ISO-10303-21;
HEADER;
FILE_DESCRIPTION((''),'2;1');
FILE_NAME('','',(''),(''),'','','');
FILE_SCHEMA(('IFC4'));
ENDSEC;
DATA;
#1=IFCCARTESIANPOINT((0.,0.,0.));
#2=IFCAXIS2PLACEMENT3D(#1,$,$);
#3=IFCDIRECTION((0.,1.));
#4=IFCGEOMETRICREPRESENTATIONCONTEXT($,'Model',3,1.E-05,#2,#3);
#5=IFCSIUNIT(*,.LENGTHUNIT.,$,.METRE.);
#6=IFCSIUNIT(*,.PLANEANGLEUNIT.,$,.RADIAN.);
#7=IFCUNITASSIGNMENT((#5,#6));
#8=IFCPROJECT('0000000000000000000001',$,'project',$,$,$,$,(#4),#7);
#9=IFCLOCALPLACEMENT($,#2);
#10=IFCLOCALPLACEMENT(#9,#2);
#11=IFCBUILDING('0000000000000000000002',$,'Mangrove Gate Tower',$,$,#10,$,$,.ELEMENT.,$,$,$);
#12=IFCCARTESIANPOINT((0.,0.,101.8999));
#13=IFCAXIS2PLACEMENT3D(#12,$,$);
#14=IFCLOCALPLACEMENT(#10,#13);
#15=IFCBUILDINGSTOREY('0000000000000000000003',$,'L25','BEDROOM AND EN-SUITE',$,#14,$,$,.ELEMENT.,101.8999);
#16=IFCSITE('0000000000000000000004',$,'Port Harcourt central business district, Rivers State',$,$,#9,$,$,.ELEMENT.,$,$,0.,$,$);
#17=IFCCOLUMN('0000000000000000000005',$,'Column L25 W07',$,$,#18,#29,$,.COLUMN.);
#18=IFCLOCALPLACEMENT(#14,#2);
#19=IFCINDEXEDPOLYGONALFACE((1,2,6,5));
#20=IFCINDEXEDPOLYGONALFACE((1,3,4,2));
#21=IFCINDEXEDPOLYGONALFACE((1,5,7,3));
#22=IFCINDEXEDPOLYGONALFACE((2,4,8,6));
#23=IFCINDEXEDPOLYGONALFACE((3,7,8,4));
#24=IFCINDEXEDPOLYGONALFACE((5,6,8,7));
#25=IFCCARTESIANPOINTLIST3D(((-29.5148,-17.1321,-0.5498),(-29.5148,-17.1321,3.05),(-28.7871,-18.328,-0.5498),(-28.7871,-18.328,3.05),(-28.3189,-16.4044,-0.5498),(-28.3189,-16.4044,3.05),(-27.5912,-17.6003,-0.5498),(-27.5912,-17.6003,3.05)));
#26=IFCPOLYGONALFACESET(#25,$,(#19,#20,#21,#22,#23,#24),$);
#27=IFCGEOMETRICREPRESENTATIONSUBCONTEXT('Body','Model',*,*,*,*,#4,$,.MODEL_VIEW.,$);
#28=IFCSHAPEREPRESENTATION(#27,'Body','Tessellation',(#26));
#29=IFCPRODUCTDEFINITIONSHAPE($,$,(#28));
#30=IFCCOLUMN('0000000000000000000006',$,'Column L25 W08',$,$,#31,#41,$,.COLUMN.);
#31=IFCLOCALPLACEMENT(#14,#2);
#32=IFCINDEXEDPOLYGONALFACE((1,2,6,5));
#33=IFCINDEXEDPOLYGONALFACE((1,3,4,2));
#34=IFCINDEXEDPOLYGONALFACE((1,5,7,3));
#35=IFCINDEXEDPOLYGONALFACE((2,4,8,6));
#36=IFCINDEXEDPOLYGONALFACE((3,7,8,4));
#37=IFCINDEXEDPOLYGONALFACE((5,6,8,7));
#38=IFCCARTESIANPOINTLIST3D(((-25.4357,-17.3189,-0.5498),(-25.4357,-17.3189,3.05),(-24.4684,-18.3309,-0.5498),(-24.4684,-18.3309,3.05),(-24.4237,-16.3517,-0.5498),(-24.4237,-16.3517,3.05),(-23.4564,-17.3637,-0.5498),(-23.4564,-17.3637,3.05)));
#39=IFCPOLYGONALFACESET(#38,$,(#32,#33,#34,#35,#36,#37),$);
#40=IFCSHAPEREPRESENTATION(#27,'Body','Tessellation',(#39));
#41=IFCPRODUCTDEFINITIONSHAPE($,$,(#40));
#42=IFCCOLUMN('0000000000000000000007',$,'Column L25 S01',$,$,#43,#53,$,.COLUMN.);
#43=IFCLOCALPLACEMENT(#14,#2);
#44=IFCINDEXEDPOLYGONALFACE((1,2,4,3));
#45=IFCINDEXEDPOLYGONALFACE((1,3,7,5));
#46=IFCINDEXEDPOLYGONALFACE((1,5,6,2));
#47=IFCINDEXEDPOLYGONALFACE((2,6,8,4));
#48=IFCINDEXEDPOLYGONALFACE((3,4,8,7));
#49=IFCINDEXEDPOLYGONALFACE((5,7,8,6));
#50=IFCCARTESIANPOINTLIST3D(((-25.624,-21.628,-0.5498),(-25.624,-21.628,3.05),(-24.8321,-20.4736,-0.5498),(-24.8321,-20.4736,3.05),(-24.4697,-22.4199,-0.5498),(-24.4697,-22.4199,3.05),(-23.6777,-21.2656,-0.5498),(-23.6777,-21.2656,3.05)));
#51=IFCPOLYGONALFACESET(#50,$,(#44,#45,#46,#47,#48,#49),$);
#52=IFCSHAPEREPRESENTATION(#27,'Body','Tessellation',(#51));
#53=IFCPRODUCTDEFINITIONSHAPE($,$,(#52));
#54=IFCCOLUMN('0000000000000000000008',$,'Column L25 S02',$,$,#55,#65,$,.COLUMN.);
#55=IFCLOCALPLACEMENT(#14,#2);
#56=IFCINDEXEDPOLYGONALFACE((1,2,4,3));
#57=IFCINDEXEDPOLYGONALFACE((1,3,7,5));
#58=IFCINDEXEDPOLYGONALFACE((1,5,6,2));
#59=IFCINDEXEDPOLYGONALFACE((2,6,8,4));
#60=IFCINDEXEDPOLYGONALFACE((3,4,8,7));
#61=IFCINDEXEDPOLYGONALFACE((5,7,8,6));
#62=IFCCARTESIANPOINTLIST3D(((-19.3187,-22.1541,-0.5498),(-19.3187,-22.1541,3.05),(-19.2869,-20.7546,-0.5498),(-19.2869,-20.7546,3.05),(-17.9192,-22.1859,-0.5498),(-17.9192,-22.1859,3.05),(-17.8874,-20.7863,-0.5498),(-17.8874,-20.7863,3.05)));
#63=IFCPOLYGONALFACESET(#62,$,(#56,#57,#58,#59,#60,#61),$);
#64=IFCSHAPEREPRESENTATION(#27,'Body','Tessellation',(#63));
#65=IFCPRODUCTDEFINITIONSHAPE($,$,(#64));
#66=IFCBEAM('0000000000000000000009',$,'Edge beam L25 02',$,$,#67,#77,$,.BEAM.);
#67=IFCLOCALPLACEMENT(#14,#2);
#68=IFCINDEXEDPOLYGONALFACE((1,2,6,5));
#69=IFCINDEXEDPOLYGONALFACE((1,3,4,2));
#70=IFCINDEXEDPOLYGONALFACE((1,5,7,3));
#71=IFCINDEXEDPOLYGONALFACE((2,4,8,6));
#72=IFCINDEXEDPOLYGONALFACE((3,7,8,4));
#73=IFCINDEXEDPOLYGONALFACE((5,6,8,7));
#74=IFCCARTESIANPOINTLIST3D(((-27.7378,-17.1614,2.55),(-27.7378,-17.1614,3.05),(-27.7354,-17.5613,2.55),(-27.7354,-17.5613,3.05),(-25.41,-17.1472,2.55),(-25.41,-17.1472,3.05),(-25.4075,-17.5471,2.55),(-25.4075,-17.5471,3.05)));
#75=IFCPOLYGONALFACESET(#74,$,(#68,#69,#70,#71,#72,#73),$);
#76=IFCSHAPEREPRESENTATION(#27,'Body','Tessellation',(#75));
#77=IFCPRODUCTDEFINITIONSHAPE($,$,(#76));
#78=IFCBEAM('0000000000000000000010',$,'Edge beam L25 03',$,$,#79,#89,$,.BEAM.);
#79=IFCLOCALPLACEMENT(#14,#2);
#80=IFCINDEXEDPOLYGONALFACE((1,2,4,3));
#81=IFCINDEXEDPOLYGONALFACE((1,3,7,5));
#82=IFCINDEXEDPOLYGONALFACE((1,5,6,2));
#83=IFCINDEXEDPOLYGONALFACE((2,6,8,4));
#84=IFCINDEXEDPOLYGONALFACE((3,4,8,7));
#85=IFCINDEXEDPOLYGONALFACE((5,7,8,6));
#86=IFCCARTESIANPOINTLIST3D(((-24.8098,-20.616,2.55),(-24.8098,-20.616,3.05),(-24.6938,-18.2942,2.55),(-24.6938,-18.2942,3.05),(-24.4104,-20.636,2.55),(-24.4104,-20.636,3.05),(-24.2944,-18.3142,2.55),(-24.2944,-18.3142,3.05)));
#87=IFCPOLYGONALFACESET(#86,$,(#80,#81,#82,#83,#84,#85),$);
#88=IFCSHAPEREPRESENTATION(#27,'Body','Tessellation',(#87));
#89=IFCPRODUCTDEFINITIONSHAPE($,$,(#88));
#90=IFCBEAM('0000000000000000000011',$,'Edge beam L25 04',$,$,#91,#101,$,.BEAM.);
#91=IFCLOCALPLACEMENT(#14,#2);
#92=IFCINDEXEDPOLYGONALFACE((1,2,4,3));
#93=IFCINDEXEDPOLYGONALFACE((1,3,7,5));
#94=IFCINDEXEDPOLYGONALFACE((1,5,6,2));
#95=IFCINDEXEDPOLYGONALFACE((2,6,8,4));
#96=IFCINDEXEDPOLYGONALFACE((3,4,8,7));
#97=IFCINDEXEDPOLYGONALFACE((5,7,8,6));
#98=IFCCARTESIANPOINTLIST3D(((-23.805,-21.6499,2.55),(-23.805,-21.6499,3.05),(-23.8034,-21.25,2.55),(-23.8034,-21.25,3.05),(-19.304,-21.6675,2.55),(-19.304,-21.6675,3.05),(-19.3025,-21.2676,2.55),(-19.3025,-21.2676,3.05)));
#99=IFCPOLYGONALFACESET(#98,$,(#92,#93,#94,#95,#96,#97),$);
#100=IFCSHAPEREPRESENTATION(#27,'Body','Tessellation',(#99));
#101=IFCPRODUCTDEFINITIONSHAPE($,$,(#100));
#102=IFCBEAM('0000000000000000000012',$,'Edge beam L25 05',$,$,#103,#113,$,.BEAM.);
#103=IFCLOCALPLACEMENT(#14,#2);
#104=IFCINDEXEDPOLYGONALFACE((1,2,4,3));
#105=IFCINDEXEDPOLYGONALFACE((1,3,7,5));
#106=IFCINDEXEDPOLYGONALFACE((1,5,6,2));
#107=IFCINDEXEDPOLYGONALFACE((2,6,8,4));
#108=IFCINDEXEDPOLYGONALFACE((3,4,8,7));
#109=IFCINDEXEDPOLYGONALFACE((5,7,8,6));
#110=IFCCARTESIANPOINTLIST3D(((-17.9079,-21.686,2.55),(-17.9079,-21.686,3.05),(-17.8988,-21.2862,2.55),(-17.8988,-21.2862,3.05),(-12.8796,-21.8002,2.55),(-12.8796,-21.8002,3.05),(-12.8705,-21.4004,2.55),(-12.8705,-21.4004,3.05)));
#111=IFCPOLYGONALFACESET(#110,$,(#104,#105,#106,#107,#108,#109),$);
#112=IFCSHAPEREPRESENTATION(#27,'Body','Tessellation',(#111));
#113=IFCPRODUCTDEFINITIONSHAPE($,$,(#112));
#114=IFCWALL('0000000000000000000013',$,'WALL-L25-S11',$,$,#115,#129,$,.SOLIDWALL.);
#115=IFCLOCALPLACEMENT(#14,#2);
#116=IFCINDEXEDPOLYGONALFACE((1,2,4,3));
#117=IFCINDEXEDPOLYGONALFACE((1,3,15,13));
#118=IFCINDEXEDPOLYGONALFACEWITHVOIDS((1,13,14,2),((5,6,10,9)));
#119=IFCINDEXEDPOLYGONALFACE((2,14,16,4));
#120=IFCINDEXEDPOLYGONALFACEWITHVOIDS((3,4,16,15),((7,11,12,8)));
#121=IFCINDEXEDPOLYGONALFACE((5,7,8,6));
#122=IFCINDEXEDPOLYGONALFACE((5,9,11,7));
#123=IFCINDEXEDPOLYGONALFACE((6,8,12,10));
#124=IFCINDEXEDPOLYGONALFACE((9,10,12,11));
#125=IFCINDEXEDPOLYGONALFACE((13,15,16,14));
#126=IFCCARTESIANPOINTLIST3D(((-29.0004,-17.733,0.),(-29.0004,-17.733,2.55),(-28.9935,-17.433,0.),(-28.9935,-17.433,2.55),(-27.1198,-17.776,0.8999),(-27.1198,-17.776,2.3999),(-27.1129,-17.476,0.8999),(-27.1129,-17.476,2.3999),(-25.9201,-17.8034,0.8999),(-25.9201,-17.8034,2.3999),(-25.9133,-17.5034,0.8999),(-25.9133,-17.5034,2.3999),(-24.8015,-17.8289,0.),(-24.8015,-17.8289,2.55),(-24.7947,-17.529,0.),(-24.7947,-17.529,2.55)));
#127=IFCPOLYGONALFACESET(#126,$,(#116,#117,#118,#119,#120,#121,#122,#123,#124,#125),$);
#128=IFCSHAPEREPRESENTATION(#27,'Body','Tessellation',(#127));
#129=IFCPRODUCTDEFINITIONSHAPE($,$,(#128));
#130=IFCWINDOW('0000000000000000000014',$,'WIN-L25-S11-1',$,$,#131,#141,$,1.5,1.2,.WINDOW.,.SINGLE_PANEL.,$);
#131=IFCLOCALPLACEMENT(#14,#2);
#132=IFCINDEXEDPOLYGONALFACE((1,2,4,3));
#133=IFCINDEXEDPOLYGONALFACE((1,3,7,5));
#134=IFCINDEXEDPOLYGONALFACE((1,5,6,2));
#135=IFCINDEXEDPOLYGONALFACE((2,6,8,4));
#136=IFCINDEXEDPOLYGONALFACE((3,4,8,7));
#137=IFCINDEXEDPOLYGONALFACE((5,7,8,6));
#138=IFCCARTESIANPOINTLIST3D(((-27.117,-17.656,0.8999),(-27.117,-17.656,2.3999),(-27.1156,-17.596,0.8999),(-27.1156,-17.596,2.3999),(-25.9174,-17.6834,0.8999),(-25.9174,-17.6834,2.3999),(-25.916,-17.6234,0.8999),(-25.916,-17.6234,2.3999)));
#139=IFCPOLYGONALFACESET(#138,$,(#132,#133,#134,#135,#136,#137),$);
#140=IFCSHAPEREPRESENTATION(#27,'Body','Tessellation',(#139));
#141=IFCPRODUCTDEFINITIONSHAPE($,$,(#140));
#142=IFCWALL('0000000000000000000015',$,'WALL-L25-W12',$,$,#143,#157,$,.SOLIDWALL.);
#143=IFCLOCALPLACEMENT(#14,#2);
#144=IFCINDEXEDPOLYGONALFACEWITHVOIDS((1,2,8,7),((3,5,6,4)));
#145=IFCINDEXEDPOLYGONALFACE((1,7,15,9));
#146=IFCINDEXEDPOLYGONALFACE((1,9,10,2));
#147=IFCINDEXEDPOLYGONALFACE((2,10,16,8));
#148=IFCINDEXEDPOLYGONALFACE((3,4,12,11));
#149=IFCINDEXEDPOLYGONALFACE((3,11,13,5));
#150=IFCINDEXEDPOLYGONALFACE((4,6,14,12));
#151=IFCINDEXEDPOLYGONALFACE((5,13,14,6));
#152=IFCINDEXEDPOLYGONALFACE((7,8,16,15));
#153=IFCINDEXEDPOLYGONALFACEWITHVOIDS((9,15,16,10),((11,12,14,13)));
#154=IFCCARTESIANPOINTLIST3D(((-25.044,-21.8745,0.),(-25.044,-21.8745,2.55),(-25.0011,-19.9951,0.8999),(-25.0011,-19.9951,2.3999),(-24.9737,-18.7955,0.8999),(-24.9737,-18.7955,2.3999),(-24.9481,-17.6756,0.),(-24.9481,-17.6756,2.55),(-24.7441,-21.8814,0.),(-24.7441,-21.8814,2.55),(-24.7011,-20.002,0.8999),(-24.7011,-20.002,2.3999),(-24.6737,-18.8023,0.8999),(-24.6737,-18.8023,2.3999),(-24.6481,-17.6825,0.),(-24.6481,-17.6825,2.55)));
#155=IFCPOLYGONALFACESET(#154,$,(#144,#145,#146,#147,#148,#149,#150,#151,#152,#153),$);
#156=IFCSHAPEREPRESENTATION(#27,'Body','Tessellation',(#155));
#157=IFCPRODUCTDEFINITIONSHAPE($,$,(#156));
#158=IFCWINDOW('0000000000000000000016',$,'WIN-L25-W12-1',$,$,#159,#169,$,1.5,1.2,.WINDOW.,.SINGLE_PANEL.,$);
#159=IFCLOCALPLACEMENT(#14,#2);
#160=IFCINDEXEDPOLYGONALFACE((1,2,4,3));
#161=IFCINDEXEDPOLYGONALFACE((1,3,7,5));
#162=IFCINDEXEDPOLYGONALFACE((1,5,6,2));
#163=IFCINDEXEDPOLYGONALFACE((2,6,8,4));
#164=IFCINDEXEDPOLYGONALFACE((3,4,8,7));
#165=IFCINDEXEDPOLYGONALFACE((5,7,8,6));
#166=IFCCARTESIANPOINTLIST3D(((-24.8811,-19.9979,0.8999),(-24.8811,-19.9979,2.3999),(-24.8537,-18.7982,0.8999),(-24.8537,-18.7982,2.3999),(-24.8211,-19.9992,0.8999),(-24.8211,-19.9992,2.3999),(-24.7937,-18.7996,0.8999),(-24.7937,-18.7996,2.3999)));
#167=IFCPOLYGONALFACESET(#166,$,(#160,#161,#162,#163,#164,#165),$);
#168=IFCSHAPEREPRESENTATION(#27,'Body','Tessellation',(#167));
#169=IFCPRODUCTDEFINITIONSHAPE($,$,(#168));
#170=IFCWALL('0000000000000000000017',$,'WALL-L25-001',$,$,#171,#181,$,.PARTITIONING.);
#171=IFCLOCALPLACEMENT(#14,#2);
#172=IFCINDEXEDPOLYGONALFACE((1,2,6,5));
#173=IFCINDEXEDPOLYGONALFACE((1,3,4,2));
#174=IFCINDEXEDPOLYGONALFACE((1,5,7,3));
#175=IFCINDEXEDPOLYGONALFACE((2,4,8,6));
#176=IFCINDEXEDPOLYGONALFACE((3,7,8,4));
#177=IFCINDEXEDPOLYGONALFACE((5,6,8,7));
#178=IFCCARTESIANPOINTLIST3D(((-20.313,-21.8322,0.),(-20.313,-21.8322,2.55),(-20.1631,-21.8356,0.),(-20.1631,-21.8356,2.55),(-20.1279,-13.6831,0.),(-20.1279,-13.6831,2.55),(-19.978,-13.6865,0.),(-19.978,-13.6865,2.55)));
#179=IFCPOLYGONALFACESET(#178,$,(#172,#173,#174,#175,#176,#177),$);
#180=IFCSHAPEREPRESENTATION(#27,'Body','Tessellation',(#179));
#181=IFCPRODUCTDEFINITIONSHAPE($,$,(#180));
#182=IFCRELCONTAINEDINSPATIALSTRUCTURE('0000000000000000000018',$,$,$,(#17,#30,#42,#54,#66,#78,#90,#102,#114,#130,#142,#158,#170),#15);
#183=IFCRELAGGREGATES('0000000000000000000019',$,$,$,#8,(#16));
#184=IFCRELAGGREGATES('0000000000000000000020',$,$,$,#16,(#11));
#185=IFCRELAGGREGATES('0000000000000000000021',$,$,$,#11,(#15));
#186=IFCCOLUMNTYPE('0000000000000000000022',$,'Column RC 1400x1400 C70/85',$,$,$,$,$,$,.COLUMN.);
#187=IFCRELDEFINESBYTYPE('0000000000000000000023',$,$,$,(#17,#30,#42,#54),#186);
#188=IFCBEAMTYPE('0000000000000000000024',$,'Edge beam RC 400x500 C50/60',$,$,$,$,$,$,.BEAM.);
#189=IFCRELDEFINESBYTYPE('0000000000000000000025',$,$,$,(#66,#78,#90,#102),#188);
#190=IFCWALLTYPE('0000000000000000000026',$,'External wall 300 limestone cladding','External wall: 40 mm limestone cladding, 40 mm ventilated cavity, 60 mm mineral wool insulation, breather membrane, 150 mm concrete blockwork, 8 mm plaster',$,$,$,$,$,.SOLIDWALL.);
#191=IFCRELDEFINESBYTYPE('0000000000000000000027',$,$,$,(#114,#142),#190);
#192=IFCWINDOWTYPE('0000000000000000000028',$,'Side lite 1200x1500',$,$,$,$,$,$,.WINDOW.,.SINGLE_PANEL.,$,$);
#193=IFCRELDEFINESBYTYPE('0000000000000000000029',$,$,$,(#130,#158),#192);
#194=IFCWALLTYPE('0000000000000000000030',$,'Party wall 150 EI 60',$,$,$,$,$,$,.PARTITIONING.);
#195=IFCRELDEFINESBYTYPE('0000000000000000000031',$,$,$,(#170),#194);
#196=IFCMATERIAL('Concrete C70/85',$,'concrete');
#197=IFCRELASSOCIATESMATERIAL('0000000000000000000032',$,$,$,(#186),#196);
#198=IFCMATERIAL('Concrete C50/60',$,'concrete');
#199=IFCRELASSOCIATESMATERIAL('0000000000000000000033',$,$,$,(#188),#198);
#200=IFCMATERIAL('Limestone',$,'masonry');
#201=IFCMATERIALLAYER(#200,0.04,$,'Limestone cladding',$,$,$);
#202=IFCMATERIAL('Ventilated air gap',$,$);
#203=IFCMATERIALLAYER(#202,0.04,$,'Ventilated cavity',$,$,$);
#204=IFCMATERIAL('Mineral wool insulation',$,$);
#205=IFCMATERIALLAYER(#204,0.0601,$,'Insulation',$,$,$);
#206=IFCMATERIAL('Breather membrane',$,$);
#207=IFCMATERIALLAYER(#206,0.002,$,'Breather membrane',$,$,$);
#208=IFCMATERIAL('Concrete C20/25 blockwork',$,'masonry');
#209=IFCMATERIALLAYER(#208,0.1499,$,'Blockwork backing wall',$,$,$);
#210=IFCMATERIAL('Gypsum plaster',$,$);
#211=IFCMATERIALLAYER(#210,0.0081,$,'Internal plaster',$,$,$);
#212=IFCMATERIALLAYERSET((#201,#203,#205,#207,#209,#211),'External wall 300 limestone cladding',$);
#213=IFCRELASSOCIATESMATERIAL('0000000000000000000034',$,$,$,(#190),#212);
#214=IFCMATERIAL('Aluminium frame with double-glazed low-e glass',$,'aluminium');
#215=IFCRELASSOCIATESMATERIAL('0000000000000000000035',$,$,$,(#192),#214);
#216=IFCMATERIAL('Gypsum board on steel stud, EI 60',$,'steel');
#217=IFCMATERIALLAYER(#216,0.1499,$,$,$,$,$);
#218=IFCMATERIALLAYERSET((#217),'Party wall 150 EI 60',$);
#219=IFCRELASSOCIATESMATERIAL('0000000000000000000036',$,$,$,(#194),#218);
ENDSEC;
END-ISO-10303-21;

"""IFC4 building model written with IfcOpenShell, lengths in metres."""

from ifc_helpers import new_model, si_unit, direction, frame, frame_2d, origin, origin_2d, place, context, subcontext, project, spatial, rectangle, extrude, material, layer, layer_set, material_profile, profile_set, type_object, element, fill, save


model = new_model("IFC4")

# Units and contexts
model_context = context("Model", 3, precision=1e-05, world=origin(), true_north=direction((0.0, 1.0)))
body_context = subcontext(model_context, "Body", "Model", "MODEL_VIEW")
ifc_project = project(units=[si_unit("LENGTHUNIT", "METRE"), si_unit("PLANEANGLEUNIT", "RADIAN")], contexts=[model_context])

# Site, building, storey
site_placement = place(None, origin())
site = spatial("IfcSite", under=ifc_project, at=site_placement, Name="Port Harcourt central business district, Rivers State", CompositionType="ELEMENT", RefElevation=0.0)
building_placement = place(site_placement, origin())
building = spatial("IfcBuilding", under=site, at=building_placement, Name="Mangrove Gate Tower", CompositionType="ELEMENT")
storey_placement = place(building_placement, frame((0.0, 0.0, 101.8999)))
storey = spatial("IfcBuildingStorey", under=building, at=storey_placement, Name="L25", Description="BEDROOM AND EN-SUITE", CompositionType="ELEMENT", Elevation=101.8999)

# Columns
ifc_material_1 = material(Name="Concrete C70/85", Category="concrete")
ifc_material_profile_1 = material_profile(ifc_material_1, rectangle(XDim=1.3999, YDim=1.3999, at=origin_2d()))
ifc_profile_set_1 = profile_set([ifc_material_profile_1], Name="Concrete C70/85")
column_type = type_object("IfcColumnType", Name="Column RC 1400x1400 C70/85", PredefinedType="COLUMN", material=ifc_profile_set_1)
for number, where, z_axis, x_axis, name in (
    (1, (-28.553, -17.3662, -0.5498), (0.0, 0.0, 1.0), (0.519809, -0.854283, 0.0), "Column L25 W07"),
    (2, (-24.446, -17.3413, -0.5498), (0.0, 0.0, 1.0), (0.690932, -0.72292, 0.0), "Column L25 W08"),
    (3, (-24.6509, -21.4468, -0.5498), (0.0, 0.0, 1.0), (0.824585, -0.565738, 0.0), "Column L25 S01"),
    (4, (-18.603, -21.4702, -0.5498), (0.0, 0.0, 1.0), (0.999742, -0.022707, 0.0), "Column L25 S02"),
):
    element("IfcColumn", number, at=place(storey_placement, frame(where, z_axis=z_axis, x_axis=x_axis)), inside=storey, type_object=column_type, Name=name, PredefinedType="COLUMN", context=body_context, shape_type="SweptSolid", body=[
        extrude(rectangle(XDim=1.3999, YDim=1.3999, at=origin_2d()), origin(), (0.0, 0.0, 1.0), 3.5999),
    ])

# Beams
ifc_material_2 = material(Name="Concrete C50/60", Category="concrete")
ifc_material_profile_2 = material_profile(ifc_material_2, rectangle(XDim=0.3999, YDim=0.5, at=origin_2d()))
ifc_profile_set_2 = profile_set([ifc_material_profile_2], Name="Concrete C50/60")
beam_type = type_object("IfcBeamType", Name="Edge beam RC 400x500 C50/60", PredefinedType="BEAM", material=ifc_profile_set_2)
beam_1_placement = place(storey_placement, frame((-27.7366, -17.3613, 2.8), z_axis=(0.999981, 0.006083, 0.0), x_axis=(-0.006083, 0.999981, 0.0)))
element("IfcBeam", 5, at=beam_1_placement, inside=storey, type_object=beam_type, Name="Edge beam L25 02", PredefinedType="BEAM", context=body_context, shape_type="SweptSolid", body=[
    extrude(rectangle(XDim=0.3999, YDim=0.5, at=origin_2d()), origin(), (0.0, 0.0, 1.0), 2.3279),
])
beam_2_placement = place(storey_placement, frame((-24.4941, -18.3042, 2.8), z_axis=(-0.049885, -0.998755, 0.0), x_axis=(0.998755, -0.049885, 0.0)))
element("IfcBeam", 6, at=beam_2_placement, inside=storey, type_object=beam_type, Name="Edge beam L25 03", PredefinedType="BEAM", context=body_context, shape_type="SweptSolid", body=[
    extrude(rectangle(XDim=0.3999, YDim=0.5, at=origin_2d()), origin(), (0.0, 0.0, 1.0), 2.3247),
])
beam_3_placement = place(storey_placement, frame((-23.8042, -21.45, 2.8), z_axis=(0.999992, -0.003905, 0.0), x_axis=(0.003905, 0.999992, 0.0)))
element("IfcBeam", 7, at=beam_3_placement, inside=storey, type_object=beam_type, Name="Edge beam L25 04", PredefinedType="BEAM", context=body_context, shape_type="SweptSolid", body=[
    extrude(rectangle(XDim=0.3999, YDim=0.5, at=origin_2d()), origin(), (0.0, 0.0, 1.0), 4.501),
])
beam_4_placement = place(storey_placement, frame((-17.9033, -21.4861, 2.8), z_axis=(0.999742, -0.022717, 0.0), x_axis=(0.022717, 0.999742, 0.0)))
element("IfcBeam", 8, at=beam_4_placement, inside=storey, type_object=beam_type, Name="Edge beam L25 05", PredefinedType="BEAM", context=body_context, shape_type="SweptSolid", body=[
    extrude(rectangle(XDim=0.3999, YDim=0.5, at=origin_2d()), origin(), (0.0, 0.0, 1.0), 5.0295),
])

# Walls, openings, windows
ifc_material_3 = material(Name="Limestone", Category="masonry")
ifc_layer_1 = layer(ifc_material_3, 0.04, Name="Limestone cladding")
ifc_material_4 = material(Name="Ventilated air gap")
ifc_layer_2 = layer(ifc_material_4, 0.04, Name="Ventilated cavity")
ifc_material_5 = material(Name="Mineral wool insulation")
ifc_layer_3 = layer(ifc_material_5, 0.0601, Name="Insulation")
ifc_material_6 = material(Name="Breather membrane")
ifc_layer_4 = layer(ifc_material_6, 0.002, Name="Breather membrane")
ifc_material_7 = material(Name="Concrete C20/25 blockwork", Category="masonry")
ifc_layer_5 = layer(ifc_material_7, 0.1499, Name="Blockwork backing wall")
ifc_material_8 = material(Name="Gypsum plaster")
ifc_layer_6 = layer(ifc_material_8, 0.0081, Name="Internal plaster")
ifc_layer_set_1 = layer_set([ifc_layer_1, ifc_layer_2, ifc_layer_3, ifc_layer_4, ifc_layer_5, ifc_layer_6], Name="External wall 300 limestone cladding")
wall_type_1 = type_object("IfcWallType", Name="External wall 300 limestone cladding", Description="External wall: 40 mm limestone cladding, 40 mm ventilated cavity, 60 mm mineral wool insulation, breather membrane, 150 mm concrete blockwork, 8 mm plaster", PredefinedType="SOLIDWALL", material=ifc_layer_set_1)
wall_1_placement = place(storey_placement, frame((-28.9971, -17.583, 0.0), z_axis=(0.0, 0.0, 1.0), x_axis=(0.999739, -0.022844, 0.0)))
wall_1 = element("IfcWall", 9, at=wall_1_placement, inside=storey, type_object=wall_type_1, Name="WALL-L25-S11", PredefinedType="SOLIDWALL", context=body_context, shape_type="SweptSolid", body=[
    extrude(rectangle(XDim=4.2, YDim=0.3, at=frame_2d((2.1001, 0.0))), origin(), (0.0, 0.0, 1.0), 2.55),
])
opening_1_placement = place(wall_1_placement, frame((1.8811, 0.0, 0.8999)))
opening_1 = element("IfcOpeningElement", 10, at=opening_1_placement, cuts=wall_1, PredefinedType="OPENING", context=body_context, shape_type="SweptSolid", body=[
    extrude(rectangle(XDim=1.2, YDim=1.5, at=frame_2d((0.6001, 0.75))), frame((0.0, 0.1599, 0.0), z_axis=(0.0, -1.0, 0.0), x_axis=(1.0, 0.0, 0.0)), (0.0, 0.0, 1.0), 0.3201),
])
ifc_material_9 = material(Name="Aluminium frame with double-glazed low-e glass", Category="aluminium")
window_type_1 = type_object("IfcWindowType", Name="Side lite 1200x1500", PartitioningType="SINGLE_PANEL", PredefinedType="WINDOW", material=ifc_material_9)
window_1_placement = place(opening_1_placement, origin())
window_1 = element("IfcWindow", 11, at=window_1_placement, inside=storey, type_object=window_type_1, Name="WIN-L25-S11-1", OverallHeight=1.5, OverallWidth=1.2, PartitioningType="SINGLE_PANEL", PredefinedType="WINDOW", context=body_context, shape_type="SweptSolid", body=[
    extrude(rectangle(XDim=1.2, YDim=1.5, at=frame_2d((0.6001, 0.75))), frame((0.0, 0.03, 0.0), z_axis=(0.0, -1.0, 0.0), x_axis=(1.0, 0.0, 0.0)), (0.0, 0.0, 1.0), 0.0601),
])
fill(opening_1, window_1)
wall_2_placement = place(storey_placement, frame((-24.7981, -17.679, 0.0), z_axis=(0.0, 0.0, 1.0), x_axis=(-0.022844, -0.999739, 0.0)))
wall_2 = element("IfcWall", 12, at=wall_2_placement, inside=storey, type_object=wall_type_1, Name="WALL-L25-W12", PredefinedType="SOLIDWALL", context=body_context, shape_type="SweptSolid", body=[
    extrude(rectangle(XDim=4.2, YDim=0.3, at=frame_2d((2.1001, 0.0))), origin(), (0.0, 0.0, 1.0), 2.55),
])
opening_2_placement = place(wall_2_placement, frame((1.1201, 0.0, 0.8999)))
opening_2 = element("IfcOpeningElement", 13, at=opening_2_placement, cuts=wall_2, PredefinedType="OPENING", context=body_context, shape_type="SweptSolid", body=[
    extrude(rectangle(XDim=1.2, YDim=1.5, at=frame_2d((0.6001, 0.75))), frame((0.0, 0.1599, 0.0), z_axis=(0.0, -1.0, 0.0), x_axis=(1.0, 0.0, 0.0)), (0.0, 0.0, 1.0), 0.3201),
])
window_2_placement = place(opening_2_placement, origin())
window_2 = element("IfcWindow", 14, at=window_2_placement, inside=storey, type_object=window_type_1, Name="WIN-L25-W12-1", OverallHeight=1.5, OverallWidth=1.2, PartitioningType="SINGLE_PANEL", PredefinedType="WINDOW", context=body_context, shape_type="SweptSolid", body=[
    extrude(rectangle(XDim=1.2, YDim=1.5, at=frame_2d((0.6001, 0.75))), frame((0.0, 0.03, 0.0), z_axis=(0.0, -1.0, 0.0), x_axis=(1.0, 0.0, 0.0)), (0.0, 0.0, 1.0), 0.0601),
])
fill(opening_2, window_2)

# Wall
ifc_material_10 = material(Name="Gypsum board on steel stud, EI 60", Category="steel")
ifc_layer_7 = layer(ifc_material_10, 0.1499)
ifc_layer_set_2 = layer_set([ifc_layer_7], Name="Party wall 150 EI 60")
wall_type_2 = type_object("IfcWallType", Name="Party wall 150 EI 60", PredefinedType="PARTITIONING", material=ifc_layer_set_2)
wall_3_placement = place(storey_placement, frame((-20.238, -21.834, 0.0), z_axis=(0.0, 0.0, 1.0), x_axis=(0.022704, 0.999742, 0.0)))
element("IfcWall", 15, at=wall_3_placement, inside=storey, type_object=wall_type_2, Name="WALL-L25-001", PredefinedType="PARTITIONING", context=body_context, shape_type="SweptSolid", body=[
    extrude(rectangle(XDim=8.1511, YDim=0.1499, at=frame_2d((4.0757, 0.0))), origin(), (0.0, 0.0, 1.0), 2.55),
])

save(model, "model.ifc")
